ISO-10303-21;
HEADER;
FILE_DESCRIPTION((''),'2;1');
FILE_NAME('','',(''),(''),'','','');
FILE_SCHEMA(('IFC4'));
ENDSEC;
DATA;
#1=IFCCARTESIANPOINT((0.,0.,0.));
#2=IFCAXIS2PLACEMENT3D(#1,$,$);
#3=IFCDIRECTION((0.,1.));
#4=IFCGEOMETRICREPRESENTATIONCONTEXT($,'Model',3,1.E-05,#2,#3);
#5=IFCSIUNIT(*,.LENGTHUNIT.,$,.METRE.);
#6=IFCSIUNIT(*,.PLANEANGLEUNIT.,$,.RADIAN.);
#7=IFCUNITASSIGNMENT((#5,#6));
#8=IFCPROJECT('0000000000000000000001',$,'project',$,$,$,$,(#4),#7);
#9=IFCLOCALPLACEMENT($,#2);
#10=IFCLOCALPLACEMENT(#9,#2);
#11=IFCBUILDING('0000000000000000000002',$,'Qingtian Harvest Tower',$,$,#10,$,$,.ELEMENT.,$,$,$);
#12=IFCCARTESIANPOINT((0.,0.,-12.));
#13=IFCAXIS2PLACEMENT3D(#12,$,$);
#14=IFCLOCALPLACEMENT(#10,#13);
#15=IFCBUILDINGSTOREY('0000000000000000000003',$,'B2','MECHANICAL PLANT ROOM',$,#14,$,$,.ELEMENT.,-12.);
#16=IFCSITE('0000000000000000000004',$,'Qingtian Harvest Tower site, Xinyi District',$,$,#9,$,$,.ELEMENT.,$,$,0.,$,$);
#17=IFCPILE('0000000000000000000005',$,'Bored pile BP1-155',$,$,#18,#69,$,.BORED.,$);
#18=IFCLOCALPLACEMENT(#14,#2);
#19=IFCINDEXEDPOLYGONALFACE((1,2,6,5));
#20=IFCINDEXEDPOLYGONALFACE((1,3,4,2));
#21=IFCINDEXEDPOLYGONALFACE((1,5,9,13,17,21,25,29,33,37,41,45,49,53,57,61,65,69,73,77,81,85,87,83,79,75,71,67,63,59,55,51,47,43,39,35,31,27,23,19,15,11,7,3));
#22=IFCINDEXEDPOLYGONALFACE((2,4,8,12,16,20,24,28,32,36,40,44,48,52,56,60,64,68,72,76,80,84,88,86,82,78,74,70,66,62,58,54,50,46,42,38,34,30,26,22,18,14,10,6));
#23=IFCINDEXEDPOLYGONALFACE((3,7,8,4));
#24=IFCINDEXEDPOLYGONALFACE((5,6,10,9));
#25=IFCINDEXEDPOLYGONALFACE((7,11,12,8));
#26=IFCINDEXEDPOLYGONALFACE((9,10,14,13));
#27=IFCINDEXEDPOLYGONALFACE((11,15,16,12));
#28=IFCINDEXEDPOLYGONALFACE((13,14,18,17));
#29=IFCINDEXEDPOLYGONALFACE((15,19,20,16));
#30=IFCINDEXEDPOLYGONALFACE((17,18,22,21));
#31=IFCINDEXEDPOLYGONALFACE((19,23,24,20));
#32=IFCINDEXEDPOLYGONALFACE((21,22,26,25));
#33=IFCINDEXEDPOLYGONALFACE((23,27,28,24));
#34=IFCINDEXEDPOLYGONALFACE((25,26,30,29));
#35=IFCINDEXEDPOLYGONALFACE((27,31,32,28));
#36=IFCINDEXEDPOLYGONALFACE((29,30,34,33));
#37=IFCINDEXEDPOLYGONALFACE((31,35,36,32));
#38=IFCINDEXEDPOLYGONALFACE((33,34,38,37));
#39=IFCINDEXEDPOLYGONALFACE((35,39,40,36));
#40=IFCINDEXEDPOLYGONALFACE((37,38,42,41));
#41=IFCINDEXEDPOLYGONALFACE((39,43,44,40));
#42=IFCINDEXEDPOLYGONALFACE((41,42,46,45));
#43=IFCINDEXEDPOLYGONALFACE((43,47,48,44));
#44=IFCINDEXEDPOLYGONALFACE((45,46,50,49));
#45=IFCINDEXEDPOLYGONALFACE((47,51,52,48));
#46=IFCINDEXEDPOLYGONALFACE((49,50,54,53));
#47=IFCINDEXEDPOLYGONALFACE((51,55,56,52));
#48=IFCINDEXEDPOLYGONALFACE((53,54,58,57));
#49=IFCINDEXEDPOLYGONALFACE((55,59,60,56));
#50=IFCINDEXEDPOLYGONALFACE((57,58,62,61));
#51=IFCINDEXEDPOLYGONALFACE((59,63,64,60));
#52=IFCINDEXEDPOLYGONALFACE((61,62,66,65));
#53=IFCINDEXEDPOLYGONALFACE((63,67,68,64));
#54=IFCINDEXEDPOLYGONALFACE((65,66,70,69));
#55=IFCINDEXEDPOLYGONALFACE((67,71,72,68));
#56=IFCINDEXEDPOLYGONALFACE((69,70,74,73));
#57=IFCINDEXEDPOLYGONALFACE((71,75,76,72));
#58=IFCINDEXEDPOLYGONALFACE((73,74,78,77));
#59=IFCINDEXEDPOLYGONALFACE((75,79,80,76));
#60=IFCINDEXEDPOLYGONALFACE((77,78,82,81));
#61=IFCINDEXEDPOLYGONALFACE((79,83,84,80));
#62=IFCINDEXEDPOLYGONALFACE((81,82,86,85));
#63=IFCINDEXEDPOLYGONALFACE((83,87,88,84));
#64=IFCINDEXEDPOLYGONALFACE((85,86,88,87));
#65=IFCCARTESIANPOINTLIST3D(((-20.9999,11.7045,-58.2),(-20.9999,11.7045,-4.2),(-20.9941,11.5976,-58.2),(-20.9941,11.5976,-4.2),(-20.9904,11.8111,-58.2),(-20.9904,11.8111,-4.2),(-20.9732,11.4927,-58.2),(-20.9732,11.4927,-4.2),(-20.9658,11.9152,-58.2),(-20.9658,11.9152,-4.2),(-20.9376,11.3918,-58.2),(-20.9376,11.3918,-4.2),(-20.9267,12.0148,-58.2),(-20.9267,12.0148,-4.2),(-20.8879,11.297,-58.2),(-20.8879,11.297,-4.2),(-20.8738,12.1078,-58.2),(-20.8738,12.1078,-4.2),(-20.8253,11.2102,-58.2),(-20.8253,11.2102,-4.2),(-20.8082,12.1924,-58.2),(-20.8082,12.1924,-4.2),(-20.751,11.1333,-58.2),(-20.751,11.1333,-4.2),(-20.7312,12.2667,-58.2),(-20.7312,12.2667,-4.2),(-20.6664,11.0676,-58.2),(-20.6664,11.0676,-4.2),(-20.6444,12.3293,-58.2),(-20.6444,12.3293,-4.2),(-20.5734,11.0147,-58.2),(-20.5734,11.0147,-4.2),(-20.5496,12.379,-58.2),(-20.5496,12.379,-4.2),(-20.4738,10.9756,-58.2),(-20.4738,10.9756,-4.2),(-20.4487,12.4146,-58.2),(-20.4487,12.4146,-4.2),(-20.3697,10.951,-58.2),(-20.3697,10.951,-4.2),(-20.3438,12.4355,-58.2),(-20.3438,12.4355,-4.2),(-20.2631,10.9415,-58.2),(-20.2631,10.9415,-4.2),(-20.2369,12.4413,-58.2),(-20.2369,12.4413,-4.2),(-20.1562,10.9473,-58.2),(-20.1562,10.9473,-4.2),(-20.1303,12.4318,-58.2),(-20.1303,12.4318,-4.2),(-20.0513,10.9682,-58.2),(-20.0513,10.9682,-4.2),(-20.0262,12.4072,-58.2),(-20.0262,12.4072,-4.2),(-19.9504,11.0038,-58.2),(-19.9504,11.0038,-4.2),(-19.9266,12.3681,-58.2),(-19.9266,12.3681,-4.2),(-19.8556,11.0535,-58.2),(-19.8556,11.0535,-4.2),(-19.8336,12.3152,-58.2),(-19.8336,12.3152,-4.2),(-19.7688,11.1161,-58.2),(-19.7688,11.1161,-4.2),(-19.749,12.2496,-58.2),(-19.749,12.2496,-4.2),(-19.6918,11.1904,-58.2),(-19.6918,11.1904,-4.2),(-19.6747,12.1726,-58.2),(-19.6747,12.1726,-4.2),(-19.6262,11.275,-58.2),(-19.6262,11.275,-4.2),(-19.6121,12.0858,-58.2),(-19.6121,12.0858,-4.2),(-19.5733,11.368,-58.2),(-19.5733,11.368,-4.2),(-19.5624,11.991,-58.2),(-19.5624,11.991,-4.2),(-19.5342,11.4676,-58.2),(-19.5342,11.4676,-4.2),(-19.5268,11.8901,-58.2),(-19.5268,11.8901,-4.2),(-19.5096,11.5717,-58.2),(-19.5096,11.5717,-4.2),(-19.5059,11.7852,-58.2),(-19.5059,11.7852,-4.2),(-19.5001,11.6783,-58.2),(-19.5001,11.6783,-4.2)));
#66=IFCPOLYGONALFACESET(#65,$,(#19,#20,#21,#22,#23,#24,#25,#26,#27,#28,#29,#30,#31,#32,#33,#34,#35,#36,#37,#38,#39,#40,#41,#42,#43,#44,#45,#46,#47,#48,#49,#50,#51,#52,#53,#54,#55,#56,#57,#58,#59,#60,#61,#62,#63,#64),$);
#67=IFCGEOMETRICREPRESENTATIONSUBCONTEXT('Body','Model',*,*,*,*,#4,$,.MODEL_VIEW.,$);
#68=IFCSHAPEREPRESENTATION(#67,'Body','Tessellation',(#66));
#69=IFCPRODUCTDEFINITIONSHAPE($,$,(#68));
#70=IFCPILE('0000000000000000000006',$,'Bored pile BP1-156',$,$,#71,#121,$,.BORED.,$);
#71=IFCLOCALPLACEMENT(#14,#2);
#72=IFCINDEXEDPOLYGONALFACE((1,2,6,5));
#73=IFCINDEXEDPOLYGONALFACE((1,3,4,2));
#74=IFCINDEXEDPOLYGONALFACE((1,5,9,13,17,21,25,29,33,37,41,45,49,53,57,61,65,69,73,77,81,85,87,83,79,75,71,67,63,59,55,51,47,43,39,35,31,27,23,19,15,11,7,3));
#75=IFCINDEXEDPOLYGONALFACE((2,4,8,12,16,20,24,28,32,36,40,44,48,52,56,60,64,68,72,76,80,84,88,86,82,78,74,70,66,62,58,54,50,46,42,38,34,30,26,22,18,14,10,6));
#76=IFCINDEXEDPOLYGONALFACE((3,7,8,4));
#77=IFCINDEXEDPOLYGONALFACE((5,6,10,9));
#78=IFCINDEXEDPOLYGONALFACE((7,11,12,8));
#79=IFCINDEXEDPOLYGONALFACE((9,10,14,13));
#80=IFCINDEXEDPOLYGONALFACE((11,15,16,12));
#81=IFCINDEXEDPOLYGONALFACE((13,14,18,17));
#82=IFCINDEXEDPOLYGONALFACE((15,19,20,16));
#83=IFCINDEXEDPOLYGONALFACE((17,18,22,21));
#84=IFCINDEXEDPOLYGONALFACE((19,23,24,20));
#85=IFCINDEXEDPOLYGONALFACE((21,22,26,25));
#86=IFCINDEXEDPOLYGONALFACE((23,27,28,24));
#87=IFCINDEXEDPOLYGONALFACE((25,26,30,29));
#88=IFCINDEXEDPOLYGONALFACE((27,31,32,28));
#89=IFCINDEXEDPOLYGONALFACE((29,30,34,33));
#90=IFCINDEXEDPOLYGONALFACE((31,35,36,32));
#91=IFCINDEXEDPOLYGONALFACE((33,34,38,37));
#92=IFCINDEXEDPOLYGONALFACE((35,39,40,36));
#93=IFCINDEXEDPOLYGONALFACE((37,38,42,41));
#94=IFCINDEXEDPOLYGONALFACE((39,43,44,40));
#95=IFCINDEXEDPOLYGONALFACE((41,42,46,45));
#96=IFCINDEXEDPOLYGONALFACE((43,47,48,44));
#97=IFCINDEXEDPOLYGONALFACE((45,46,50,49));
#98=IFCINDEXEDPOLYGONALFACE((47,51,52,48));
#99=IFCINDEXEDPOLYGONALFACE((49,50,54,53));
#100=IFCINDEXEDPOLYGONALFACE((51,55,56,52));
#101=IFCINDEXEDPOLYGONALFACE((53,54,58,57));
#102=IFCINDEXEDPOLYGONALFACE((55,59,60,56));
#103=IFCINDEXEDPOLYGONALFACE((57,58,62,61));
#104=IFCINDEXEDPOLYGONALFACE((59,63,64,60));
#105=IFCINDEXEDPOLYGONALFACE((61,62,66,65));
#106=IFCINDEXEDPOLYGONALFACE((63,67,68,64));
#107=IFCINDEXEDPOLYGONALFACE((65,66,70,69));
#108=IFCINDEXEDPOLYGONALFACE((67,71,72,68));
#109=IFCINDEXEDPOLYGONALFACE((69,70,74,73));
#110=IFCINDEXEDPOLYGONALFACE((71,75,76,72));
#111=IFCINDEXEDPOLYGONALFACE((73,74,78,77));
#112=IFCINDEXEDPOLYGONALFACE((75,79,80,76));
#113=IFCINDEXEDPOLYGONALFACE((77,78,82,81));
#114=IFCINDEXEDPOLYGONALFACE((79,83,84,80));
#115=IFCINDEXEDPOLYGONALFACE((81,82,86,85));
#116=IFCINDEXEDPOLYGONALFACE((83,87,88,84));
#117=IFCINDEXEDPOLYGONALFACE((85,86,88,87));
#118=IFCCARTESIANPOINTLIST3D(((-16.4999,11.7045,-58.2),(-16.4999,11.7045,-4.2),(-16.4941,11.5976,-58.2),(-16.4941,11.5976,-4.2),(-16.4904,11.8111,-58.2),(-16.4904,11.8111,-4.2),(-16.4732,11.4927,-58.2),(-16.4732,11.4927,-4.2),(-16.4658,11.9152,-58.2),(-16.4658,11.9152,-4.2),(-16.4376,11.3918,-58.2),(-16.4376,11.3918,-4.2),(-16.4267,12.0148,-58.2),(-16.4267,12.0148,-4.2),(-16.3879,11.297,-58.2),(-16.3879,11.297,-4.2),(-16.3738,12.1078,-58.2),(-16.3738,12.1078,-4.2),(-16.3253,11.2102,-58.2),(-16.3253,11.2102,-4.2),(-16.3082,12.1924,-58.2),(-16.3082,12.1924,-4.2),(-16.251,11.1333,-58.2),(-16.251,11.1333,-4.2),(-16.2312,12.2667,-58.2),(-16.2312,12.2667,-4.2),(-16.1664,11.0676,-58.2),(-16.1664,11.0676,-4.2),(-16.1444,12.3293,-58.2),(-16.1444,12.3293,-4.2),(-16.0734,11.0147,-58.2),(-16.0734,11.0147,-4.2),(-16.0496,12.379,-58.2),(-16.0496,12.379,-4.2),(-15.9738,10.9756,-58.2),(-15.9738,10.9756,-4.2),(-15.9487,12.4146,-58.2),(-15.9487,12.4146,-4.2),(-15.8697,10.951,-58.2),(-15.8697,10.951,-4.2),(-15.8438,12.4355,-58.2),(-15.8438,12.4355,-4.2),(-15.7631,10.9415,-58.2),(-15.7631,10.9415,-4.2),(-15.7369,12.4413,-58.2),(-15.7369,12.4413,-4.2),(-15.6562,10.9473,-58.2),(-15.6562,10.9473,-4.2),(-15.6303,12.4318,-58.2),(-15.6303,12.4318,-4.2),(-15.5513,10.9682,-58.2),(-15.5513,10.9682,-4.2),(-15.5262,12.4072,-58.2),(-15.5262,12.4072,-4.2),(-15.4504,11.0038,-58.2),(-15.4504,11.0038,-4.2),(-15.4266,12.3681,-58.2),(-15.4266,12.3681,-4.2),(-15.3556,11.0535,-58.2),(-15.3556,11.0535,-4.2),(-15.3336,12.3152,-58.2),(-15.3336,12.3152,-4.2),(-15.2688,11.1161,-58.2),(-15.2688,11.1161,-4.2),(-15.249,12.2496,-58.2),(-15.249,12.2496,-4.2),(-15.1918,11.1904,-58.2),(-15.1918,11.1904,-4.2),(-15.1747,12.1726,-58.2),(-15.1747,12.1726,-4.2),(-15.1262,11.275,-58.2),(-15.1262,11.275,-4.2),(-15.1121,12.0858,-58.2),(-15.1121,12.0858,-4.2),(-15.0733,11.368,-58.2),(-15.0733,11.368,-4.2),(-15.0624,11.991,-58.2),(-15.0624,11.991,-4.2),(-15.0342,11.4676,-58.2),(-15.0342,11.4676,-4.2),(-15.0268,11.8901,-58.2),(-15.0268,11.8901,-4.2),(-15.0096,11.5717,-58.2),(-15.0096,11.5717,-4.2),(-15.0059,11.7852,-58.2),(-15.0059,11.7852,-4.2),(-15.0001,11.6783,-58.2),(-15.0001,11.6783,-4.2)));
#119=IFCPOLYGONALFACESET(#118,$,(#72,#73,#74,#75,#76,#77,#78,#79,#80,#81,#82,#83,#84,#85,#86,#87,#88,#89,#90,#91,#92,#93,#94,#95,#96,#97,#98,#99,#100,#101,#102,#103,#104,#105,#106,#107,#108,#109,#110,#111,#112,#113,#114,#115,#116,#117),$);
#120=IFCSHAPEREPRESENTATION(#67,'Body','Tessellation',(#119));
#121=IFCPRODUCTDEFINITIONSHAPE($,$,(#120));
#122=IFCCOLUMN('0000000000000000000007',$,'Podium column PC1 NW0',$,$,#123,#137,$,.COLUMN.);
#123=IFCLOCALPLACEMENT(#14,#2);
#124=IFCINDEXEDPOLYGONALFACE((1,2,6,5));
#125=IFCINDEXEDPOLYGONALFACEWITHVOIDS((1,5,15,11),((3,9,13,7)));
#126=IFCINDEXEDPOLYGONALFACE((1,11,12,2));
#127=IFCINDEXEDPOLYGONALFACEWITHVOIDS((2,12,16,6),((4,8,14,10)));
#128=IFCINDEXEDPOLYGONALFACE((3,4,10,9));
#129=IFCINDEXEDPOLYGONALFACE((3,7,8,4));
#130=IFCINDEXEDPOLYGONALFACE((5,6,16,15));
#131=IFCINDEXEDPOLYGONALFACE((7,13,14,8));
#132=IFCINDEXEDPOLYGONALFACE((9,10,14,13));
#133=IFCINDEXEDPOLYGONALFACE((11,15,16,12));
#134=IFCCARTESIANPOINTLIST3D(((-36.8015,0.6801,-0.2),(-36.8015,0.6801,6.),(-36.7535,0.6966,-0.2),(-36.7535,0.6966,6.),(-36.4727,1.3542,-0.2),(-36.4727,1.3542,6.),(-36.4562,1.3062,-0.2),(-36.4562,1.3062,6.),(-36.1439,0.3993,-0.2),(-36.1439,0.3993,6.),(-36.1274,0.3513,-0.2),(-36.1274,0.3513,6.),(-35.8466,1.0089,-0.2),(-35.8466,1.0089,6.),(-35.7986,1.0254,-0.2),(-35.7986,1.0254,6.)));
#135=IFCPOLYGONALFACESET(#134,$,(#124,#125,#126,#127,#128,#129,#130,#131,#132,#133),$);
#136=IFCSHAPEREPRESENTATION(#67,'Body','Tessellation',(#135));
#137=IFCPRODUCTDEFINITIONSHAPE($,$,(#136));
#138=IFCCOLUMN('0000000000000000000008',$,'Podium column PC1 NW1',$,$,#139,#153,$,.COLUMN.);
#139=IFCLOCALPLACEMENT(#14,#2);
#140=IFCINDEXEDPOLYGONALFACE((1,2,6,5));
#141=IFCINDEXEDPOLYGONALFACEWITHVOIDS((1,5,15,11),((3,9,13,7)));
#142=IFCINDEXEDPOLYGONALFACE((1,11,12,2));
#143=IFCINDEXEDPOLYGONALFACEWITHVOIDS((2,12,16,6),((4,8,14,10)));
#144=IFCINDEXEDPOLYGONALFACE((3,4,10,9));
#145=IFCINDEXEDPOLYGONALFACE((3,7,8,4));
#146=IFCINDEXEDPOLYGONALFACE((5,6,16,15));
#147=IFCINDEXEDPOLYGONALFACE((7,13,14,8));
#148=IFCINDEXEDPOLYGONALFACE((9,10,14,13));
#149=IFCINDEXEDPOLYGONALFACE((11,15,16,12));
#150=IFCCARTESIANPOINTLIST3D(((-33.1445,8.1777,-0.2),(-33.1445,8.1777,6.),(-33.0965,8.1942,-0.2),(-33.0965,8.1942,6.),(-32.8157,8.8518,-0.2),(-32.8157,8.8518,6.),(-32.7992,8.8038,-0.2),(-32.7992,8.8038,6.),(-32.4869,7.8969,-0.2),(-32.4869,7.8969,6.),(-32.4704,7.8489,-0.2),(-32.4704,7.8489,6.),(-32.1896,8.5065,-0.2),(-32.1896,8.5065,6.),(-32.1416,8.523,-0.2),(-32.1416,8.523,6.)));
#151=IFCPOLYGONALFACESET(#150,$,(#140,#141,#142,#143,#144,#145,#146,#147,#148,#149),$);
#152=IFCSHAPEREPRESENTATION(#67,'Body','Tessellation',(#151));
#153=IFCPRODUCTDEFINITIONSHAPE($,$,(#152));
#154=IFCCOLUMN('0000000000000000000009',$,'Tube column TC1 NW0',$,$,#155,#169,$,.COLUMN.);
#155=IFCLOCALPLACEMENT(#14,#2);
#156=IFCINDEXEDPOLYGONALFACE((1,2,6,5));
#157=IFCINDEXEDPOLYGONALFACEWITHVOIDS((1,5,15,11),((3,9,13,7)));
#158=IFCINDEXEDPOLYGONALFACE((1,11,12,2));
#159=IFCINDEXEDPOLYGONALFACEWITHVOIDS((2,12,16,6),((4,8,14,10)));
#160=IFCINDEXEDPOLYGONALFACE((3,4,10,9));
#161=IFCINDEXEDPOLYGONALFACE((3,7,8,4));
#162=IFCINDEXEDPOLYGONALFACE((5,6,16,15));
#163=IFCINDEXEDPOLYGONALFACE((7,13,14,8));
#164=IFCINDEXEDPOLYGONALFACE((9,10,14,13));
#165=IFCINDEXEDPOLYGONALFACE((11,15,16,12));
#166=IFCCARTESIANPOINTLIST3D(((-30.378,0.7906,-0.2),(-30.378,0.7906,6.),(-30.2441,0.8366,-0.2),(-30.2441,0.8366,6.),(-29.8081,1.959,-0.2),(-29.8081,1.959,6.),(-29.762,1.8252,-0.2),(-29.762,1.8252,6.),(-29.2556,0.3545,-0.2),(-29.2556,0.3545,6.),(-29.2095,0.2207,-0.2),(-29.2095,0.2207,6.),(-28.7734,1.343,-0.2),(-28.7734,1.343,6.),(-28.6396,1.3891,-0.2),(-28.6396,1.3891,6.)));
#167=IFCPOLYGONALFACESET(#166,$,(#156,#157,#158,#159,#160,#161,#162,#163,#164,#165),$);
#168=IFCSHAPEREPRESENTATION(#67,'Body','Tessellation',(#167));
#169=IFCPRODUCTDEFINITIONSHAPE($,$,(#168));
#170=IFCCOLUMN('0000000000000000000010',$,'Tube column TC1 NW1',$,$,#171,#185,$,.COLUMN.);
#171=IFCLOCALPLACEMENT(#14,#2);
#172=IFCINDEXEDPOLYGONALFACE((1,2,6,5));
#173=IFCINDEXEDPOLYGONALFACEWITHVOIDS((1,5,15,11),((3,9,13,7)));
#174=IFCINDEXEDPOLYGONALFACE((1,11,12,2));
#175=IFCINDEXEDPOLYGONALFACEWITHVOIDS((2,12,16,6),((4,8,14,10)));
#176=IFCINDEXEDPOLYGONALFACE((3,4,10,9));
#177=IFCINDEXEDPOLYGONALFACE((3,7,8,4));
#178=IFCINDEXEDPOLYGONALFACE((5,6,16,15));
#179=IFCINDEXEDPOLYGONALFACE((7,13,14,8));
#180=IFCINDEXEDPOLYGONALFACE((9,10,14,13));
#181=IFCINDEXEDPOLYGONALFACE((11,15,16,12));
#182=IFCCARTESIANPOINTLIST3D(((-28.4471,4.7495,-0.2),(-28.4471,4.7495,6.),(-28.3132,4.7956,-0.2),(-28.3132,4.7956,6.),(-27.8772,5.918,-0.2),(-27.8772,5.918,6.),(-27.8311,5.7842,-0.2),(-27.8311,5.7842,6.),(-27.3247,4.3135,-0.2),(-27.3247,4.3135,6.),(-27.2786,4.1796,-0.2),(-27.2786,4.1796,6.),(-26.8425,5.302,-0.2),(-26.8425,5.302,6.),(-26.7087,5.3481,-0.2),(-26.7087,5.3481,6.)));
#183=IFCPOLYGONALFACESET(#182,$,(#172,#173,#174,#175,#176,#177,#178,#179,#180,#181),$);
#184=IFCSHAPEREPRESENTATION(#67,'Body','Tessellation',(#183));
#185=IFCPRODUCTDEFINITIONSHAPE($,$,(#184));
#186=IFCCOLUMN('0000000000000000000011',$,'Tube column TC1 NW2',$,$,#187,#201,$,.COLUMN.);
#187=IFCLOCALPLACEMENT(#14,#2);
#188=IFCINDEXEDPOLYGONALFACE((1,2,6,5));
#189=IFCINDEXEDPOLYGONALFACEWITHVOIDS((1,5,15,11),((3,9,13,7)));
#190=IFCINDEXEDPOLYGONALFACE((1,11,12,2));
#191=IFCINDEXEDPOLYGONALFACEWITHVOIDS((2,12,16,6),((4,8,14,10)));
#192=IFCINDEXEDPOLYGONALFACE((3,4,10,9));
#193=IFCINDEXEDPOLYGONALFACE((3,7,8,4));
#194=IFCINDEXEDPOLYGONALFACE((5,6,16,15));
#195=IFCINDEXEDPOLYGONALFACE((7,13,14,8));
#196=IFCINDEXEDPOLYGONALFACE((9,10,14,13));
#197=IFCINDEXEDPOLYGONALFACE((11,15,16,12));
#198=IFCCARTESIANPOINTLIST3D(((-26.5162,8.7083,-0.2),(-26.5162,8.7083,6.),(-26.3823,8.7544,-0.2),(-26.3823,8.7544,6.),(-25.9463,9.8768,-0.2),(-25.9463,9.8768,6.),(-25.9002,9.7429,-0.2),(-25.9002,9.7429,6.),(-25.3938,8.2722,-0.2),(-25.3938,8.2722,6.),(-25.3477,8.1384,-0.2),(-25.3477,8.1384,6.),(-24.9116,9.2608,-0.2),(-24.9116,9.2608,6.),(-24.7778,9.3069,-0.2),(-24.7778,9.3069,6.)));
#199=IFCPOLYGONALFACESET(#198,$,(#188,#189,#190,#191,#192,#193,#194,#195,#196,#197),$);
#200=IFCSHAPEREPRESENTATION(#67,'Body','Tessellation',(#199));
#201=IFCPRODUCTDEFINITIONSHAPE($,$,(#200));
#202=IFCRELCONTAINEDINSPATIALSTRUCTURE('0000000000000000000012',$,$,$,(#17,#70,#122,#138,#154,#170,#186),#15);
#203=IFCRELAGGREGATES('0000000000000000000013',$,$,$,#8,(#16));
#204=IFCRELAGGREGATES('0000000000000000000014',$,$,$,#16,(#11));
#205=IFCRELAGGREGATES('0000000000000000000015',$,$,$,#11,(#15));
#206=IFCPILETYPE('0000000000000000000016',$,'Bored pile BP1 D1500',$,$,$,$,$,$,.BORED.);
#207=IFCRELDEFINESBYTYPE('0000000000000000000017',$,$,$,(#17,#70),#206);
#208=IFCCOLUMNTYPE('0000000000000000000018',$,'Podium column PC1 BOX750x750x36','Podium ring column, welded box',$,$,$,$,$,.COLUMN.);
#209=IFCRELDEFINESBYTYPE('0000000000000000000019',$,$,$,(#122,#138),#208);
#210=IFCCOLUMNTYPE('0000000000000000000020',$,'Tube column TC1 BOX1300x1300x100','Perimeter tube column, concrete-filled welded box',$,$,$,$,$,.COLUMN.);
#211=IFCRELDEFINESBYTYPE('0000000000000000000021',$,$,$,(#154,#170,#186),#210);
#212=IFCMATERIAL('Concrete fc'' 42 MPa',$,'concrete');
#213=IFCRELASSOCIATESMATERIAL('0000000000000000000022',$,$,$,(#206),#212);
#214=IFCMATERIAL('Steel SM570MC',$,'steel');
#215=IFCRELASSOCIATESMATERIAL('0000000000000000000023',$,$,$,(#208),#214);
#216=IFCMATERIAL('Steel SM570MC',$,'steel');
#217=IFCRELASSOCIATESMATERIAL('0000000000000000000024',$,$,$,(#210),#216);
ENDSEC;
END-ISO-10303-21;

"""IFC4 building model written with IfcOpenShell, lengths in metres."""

from ifc_helpers import new_model, si_unit, direction, frame, frame_2d, origin, origin_2d, place, context, subcontext, project, spatial, hollow_rectangle, circle, extrude, material, material_profile, profile_set, type_object, element, save


model = new_model("IFC4")

# Units and contexts
model_context = context("Model", 3, precision=1e-05, world=origin(), true_north=direction((0.0, 1.0)))
body_context = subcontext(model_context, "Body", "Model", "MODEL_VIEW")
ifc_project = project(units=[si_unit("LENGTHUNIT", "METRE"), si_unit("PLANEANGLEUNIT", "RADIAN")], contexts=[model_context])

# Site, building, storey
site_placement = place(None, origin())
site = spatial("IfcSite", under=ifc_project, at=site_placement, Name="Qingtian Harvest Tower site, Xinyi District", CompositionType="ELEMENT", RefElevation=0.0)
building_placement = place(site_placement, origin())
building = spatial("IfcBuilding", under=site, at=building_placement, Name="Qingtian Harvest Tower", CompositionType="ELEMENT")
storey_placement = place(building_placement, frame((0.0, 0.0, -12.0)))
storey = spatial("IfcBuildingStorey", under=building, at=storey_placement, Name="B2", Description="MECHANICAL PLANT ROOM", CompositionType="ELEMENT", Elevation=-12.0)

# Piles
ifc_material_1 = material(Name="Concrete fc' 42 MPa", Category="concrete")
ifc_material_profile_1 = material_profile(ifc_material_1, circle(Radius=0.75, at=frame_2d((0.0, 0.0), x_axis=(0.999848, 0.017452))), Name="Bored pile BP1 D1500")
ifc_profile_set_1 = profile_set([ifc_material_profile_1], Name="Concrete fc' 42 MPa")
pile_type = type_object("IfcPileType", Name="Bored pile BP1 D1500", PredefinedType="BORED", material=ifc_profile_set_1)
for number, where, z_axis, x_axis, name in (
    (1, (-20.25, 11.6914, -4.2), (0.0, 0.0, -1.0), (1.0, 0.0, 0.0), "Bored pile BP1-155"),
    (2, (-15.75, 11.6914, -4.2), (0.0, 0.0, -1.0), (1.0, 0.0, 0.0), "Bored pile BP1-156"),
):
    element("IfcPile", number, at=place(storey_placement, frame(where, z_axis=z_axis, x_axis=x_axis)), inside=storey, type_object=pile_type, Name=name, PredefinedType="BORED", context=body_context, shape_type="SweptSolid", body=[
        extrude(circle(Radius=0.75, at=frame_2d((0.0, 0.0), x_axis=(0.999848, 0.017452))), origin(), (0.0, 0.0, 1.0), 54.0),
    ])

# Columns
ifc_material_2 = material(Name="Steel SM570MC", Category="steel")
ifc_material_profile_2 = material_profile(ifc_material_2, hollow_rectangle(XDim=0.75, YDim=0.75, WallThickness=0.0359, at=origin_2d()), Name="BOX750x750x36")
ifc_profile_set_2 = profile_set([ifc_material_profile_2], Name="Steel SM570MC")
column_type_1 = type_object("IfcColumnType", Name="Podium column PC1 BOX750x750x36", Description="Podium ring column, welded box", PredefinedType="COLUMN", material=ifc_profile_set_2)
for number, where, z_axis, x_axis, name in (
    (3, (-36.3, 0.8528, -0.2), (0.0, 0.0, 1.0), (-0.438371, -0.898794, 0.0), "Podium column PC1 NW0"),
    (4, (-32.6431, 8.3503, -0.2), (0.0, 0.0, 1.0), (-0.438371, -0.898794, 0.0), "Podium column PC1 NW1"),
):
    element("IfcColumn", number, at=place(storey_placement, frame(where, z_axis=z_axis, x_axis=x_axis)), inside=storey, type_object=column_type_1, Name=name, PredefinedType="COLUMN", context=body_context, shape_type="SweptSolid", body=[
        extrude(hollow_rectangle(XDim=0.75, YDim=0.75, WallThickness=0.0359, at=origin_2d()), origin(), (0.0, 0.0, 1.0), 6.2),
    ])
ifc_material_3 = material(Name="Steel SM570MC", Category="steel")
ifc_material_profile_3 = material_profile(ifc_material_3, hollow_rectangle(XDim=1.3, YDim=1.3, WallThickness=0.1001, at=origin_2d()), Name="BOX1300x1300x100")
ifc_profile_set_3 = profile_set([ifc_material_profile_3], Name="Steel SM570MC")
column_type_2 = type_object("IfcColumnType", Name="Tube column TC1 BOX1300x1300x100", Description="Perimeter tube column, concrete-filled welded box", PredefinedType="COLUMN", material=ifc_profile_set_3)
for number, where, z_axis, x_axis, name in (
    (5, (-29.5088, 1.0898, -0.2), (0.0, 0.0, 1.0), (-0.438371, -0.898794, 0.0), "Tube column TC1 NW0"),
    (6, (-27.5779, 5.0488, -0.2), (0.0, 0.0, 1.0), (-0.438371, -0.898794, 0.0), "Tube column TC1 NW1"),
    (7, (-25.647, 9.0076, -0.2), (0.0, 0.0, 1.0), (-0.438371, -0.898794, 0.0), "Tube column TC1 NW2"),
):
    element("IfcColumn", number, at=place(storey_placement, frame(where, z_axis=z_axis, x_axis=x_axis)), inside=storey, type_object=column_type_2, Name=name, PredefinedType="COLUMN", context=body_context, shape_type="SweptSolid", body=[
        extrude(hollow_rectangle(XDim=1.3, YDim=1.3, WallThickness=0.1001, at=origin_2d()), origin(), (0.0, 0.0, 1.0), 6.2),
    ])

save(model, "model.ifc")
